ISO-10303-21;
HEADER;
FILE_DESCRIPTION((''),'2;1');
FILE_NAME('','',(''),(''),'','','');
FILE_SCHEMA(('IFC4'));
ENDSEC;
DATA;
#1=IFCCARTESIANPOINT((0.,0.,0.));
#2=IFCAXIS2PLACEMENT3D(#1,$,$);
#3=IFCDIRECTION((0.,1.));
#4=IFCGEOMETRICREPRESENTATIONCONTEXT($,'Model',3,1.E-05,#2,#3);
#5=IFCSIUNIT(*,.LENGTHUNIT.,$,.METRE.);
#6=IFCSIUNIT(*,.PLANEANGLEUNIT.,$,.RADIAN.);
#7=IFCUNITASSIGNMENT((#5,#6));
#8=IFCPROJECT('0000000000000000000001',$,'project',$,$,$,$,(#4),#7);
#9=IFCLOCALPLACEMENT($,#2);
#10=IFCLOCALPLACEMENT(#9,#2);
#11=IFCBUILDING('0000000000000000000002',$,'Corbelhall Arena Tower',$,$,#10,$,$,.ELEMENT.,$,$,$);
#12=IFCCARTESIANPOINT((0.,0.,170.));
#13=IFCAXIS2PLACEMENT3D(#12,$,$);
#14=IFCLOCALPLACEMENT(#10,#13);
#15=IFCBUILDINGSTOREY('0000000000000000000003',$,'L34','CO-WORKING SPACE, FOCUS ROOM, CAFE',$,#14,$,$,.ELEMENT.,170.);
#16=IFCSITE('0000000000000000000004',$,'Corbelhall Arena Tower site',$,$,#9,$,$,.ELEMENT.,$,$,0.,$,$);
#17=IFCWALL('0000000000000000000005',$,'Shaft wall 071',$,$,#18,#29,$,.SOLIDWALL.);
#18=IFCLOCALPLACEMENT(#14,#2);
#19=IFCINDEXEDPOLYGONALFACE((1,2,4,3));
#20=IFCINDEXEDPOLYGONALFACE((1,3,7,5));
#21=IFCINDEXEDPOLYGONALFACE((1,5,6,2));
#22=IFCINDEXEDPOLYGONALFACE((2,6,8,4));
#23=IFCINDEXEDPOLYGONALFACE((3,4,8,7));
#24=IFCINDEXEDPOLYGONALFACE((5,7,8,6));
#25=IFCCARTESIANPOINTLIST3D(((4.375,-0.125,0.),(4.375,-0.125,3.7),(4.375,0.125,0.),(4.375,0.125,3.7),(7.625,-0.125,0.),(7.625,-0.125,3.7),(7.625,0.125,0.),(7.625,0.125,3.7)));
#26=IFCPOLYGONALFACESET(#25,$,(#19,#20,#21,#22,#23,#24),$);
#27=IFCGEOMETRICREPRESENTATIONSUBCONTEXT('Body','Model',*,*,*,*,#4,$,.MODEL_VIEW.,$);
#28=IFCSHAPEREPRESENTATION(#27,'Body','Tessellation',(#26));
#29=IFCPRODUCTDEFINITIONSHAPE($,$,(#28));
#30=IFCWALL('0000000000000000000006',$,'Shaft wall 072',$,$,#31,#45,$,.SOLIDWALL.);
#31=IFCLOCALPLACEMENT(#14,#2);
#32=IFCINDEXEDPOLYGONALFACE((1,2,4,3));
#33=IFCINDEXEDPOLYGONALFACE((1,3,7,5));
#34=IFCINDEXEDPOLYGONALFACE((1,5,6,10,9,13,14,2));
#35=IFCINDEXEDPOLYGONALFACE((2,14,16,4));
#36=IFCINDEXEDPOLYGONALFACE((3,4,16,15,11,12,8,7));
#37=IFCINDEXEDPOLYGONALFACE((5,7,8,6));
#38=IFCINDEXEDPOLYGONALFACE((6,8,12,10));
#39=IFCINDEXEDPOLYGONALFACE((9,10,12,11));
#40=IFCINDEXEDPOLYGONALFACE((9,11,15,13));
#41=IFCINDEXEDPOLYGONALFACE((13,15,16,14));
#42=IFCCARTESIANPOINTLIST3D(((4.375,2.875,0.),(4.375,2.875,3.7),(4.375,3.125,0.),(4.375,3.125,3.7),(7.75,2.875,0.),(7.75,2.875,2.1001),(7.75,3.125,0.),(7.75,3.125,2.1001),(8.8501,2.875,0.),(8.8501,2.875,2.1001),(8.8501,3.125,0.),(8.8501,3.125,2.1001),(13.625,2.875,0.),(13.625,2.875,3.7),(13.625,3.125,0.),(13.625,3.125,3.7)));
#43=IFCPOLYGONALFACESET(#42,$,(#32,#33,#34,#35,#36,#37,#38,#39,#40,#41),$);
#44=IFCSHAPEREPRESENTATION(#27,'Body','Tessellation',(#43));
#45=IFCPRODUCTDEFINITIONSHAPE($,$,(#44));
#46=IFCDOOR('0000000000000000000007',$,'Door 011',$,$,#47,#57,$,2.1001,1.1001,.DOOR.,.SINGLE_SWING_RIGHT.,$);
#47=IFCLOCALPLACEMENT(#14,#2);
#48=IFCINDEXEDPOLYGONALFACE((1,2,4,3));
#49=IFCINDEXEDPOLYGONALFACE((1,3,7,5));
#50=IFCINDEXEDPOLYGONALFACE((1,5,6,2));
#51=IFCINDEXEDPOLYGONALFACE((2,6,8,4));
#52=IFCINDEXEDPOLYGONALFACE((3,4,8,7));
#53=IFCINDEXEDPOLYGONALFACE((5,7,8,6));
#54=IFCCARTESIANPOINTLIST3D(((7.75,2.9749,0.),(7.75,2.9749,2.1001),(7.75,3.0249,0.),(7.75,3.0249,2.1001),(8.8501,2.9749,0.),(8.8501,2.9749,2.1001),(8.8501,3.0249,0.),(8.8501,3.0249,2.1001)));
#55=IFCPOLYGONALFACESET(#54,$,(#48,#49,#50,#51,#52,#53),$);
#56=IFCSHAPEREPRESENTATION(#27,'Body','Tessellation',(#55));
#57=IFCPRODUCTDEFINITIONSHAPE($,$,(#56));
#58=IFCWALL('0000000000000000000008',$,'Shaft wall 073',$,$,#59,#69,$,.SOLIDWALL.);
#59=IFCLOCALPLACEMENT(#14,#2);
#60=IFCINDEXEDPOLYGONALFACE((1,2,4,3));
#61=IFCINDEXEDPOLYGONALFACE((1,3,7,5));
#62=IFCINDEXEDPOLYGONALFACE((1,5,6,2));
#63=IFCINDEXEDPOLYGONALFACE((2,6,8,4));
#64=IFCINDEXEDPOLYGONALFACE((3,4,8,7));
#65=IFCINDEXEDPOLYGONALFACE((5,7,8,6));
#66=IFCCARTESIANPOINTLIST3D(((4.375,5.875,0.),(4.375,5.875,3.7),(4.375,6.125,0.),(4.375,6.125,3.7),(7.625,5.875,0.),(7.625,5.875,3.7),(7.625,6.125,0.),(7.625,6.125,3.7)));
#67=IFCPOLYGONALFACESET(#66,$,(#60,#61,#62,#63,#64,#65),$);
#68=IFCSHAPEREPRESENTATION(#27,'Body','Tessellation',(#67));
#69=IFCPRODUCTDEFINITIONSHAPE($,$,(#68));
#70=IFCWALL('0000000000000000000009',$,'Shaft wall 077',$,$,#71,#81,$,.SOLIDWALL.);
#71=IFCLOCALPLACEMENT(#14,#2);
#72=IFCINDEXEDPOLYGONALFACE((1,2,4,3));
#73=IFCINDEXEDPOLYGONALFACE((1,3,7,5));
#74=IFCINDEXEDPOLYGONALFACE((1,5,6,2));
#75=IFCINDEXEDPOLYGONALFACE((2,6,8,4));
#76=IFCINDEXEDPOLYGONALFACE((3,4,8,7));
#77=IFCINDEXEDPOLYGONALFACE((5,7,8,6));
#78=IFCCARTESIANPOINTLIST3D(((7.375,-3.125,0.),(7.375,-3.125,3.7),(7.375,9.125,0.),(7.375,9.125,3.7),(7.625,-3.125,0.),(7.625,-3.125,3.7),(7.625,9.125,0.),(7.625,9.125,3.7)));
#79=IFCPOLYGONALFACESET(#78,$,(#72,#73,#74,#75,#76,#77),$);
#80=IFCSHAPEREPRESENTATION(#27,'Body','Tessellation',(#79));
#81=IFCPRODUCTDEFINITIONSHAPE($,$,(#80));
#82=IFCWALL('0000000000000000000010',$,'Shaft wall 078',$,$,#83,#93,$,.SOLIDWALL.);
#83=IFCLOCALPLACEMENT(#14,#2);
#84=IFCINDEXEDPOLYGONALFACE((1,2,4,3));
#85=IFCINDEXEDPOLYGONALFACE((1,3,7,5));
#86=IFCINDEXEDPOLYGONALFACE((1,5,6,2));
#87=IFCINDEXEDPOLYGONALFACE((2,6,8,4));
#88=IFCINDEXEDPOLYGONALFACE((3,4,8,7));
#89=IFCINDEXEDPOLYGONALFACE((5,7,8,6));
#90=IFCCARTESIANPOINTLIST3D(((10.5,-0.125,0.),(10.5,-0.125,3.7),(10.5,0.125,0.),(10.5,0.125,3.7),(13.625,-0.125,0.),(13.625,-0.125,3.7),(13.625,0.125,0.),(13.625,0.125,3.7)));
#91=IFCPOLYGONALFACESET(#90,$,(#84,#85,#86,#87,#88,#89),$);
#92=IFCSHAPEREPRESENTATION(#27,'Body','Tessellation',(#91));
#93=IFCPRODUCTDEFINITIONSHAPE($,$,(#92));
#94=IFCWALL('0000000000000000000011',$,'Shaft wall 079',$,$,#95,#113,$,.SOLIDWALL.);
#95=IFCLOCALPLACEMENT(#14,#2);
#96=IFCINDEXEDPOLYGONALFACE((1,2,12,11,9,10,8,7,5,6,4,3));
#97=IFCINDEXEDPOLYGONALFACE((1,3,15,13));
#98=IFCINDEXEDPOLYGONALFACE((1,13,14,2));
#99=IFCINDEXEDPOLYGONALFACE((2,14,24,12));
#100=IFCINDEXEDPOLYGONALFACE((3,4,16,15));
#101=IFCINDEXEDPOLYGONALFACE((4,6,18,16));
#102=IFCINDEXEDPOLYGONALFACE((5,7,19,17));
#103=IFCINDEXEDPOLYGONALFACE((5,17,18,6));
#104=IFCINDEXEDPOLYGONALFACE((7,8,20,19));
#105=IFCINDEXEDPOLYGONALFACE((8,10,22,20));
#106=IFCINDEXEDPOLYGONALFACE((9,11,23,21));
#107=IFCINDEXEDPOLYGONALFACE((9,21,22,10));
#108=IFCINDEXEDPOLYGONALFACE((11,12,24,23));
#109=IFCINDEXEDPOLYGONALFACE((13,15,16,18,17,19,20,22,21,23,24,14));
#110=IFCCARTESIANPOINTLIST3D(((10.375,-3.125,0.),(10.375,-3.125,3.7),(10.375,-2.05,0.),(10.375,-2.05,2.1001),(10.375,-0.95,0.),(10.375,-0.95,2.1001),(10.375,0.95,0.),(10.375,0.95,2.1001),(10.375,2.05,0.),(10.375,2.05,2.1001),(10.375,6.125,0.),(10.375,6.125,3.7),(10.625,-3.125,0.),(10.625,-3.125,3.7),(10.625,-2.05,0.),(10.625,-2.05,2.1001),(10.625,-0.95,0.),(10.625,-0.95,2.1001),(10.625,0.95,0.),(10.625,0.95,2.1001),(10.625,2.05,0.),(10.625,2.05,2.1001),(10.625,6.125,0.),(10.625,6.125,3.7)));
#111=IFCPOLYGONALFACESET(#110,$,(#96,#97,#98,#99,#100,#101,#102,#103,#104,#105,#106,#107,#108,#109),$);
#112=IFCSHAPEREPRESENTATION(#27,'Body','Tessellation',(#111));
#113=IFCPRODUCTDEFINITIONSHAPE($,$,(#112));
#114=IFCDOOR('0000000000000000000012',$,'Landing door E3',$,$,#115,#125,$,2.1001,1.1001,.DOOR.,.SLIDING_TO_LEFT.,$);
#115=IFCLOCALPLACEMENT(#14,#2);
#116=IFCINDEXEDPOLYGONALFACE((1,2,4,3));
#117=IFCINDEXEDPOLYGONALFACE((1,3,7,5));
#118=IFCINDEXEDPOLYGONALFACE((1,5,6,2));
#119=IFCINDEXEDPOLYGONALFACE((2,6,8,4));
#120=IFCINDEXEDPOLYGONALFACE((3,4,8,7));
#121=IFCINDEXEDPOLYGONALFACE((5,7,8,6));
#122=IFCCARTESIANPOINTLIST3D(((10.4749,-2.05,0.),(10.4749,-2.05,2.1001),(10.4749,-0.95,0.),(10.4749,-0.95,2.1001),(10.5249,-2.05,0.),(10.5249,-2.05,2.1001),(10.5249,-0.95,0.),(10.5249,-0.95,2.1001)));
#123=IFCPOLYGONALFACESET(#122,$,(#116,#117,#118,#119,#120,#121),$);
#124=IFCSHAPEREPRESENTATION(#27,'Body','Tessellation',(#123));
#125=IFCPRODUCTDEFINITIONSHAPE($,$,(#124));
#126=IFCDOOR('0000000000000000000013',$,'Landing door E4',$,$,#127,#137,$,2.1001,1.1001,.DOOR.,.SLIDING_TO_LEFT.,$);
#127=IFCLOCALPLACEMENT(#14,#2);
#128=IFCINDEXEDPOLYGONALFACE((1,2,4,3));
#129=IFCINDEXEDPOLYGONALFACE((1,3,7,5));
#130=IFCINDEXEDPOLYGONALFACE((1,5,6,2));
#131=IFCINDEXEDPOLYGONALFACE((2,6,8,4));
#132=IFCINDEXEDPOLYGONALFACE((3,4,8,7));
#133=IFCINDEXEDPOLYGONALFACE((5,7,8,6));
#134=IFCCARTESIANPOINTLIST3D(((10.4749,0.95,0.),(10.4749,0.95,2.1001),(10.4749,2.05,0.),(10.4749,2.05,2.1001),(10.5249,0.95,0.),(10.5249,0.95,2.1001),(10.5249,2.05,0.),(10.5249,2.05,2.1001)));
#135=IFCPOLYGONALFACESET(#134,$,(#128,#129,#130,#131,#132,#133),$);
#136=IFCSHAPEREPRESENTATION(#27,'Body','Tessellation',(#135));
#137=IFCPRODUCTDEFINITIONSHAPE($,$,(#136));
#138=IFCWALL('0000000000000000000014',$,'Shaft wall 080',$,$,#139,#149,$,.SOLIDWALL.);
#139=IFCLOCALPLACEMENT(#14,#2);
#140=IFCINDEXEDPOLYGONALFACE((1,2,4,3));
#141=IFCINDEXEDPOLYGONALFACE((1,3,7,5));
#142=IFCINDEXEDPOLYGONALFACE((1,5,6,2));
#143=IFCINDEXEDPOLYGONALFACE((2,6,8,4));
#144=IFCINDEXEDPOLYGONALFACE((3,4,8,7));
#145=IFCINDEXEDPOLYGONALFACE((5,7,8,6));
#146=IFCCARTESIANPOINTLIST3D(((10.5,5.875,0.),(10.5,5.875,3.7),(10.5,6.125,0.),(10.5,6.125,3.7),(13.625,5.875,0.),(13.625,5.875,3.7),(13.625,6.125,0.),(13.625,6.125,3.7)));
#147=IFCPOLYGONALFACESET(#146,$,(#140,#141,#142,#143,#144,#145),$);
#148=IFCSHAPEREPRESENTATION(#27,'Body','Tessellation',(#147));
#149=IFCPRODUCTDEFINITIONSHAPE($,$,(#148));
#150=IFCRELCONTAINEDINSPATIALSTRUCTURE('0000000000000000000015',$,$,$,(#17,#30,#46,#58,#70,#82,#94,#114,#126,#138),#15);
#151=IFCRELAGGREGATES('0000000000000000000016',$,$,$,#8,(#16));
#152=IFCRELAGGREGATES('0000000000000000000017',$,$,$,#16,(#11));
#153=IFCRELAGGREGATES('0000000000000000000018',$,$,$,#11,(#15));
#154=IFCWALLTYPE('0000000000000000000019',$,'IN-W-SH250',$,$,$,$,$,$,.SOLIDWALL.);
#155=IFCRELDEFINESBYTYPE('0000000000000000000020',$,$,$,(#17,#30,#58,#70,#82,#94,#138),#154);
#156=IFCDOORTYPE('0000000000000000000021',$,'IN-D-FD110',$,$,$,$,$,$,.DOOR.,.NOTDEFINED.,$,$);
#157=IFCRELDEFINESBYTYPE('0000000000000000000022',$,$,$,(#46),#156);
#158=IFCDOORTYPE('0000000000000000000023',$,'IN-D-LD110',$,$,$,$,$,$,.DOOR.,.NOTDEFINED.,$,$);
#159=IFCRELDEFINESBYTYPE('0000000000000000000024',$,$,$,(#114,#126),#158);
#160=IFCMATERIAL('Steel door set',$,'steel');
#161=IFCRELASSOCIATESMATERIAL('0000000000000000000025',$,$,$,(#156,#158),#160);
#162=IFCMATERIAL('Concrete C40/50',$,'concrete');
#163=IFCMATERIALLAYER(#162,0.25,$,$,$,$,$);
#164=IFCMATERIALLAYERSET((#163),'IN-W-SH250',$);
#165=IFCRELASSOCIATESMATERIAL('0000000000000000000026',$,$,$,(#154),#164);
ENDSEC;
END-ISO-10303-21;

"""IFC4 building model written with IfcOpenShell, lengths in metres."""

from ifc_helpers import new_model, si_unit, direction, frame, frame_2d, origin, place, context, subcontext, project, spatial, rectangle, extrude, material, layer, layer_set, type_object, element, fill, save


model = new_model("IFC4")

# Units and contexts
model_context = context("Model", 3, precision=1e-05, world=origin(), true_north=direction((0.0, 1.0)))
body_context = subcontext(model_context, "Body", "Model", "MODEL_VIEW")
ifc_project = project(units=[si_unit("LENGTHUNIT", "METRE"), si_unit("PLANEANGLEUNIT", "RADIAN")], contexts=[model_context])

# Site, building, storey
site_placement = place(None, origin())
site = spatial("IfcSite", under=ifc_project, at=site_placement, Name="Corbelhall Arena Tower site", CompositionType="ELEMENT", RefElevation=0.0)
building_placement = place(site_placement, origin())
building = spatial("IfcBuilding", under=site, at=building_placement, Name="Corbelhall Arena Tower", CompositionType="ELEMENT")
storey_placement = place(building_placement, frame((0.0, 0.0, 170.0)))
storey = spatial("IfcBuildingStorey", under=building, at=storey_placement, Name="L34", Description="CO-WORKING SPACE, FOCUS ROOM, CAFE", CompositionType="ELEMENT", Elevation=170.0)

# Shared definitions
ifc_material_1 = material(Name="Concrete C40/50", Category="concrete")

# Shared definitions
ifc_material_2 = material(Name="Steel door set", Category="steel")
door_type_1 = type_object("IfcDoorType", Name="IN-D-FD110", OperationType="NOTDEFINED", PredefinedType="DOOR", material=ifc_material_2)

# Wall
ifc_layer_1 = layer(ifc_material_1, 0.25)
ifc_layer_set_1 = layer_set([ifc_layer_1], Name="IN-W-SH250")
wall_type_1 = type_object("IfcWallType", Name="IN-W-SH250", PredefinedType="SOLIDWALL", material=ifc_layer_set_1)
wall_1_placement = place(storey_placement, frame((4.375, 0.0, 0.0), z_axis=(0.0, 0.0, 1.0), x_axis=(1.0, 0.0, 0.0)))
element("IfcWall", 1, at=wall_1_placement, inside=storey, type_object=wall_type_1, Name="Shaft wall 071", PredefinedType="SOLIDWALL", context=body_context, shape_type="SweptSolid", body=[
    extrude(rectangle(XDim=3.25, YDim=0.25, at=frame_2d((1.625, 0.0))), origin(), (0.0, 0.0, 1.0), 3.7),
])

# Wall, opening, door
wall_2_placement = place(storey_placement, frame((4.375, 3.0, 0.0), z_axis=(0.0, 0.0, 1.0), x_axis=(1.0, 0.0, 0.0)))
wall_2 = element("IfcWall", 2, at=wall_2_placement, inside=storey, type_object=wall_type_1, Name="Shaft wall 072", PredefinedType="SOLIDWALL", context=body_context, shape_type="SweptSolid", body=[
    extrude(rectangle(XDim=9.25, YDim=0.25, at=frame_2d((4.625, 0.0))), origin(), (0.0, 0.0, 1.0), 3.7),
])
opening_1_placement = place(wall_2_placement, frame((3.375, 0.0, 0.0)))
opening_1 = element("IfcOpeningElement", 3, at=opening_1_placement, cuts=wall_2, PredefinedType="OPENING", context=body_context, shape_type="SweptSolid", body=[
    extrude(rectangle(XDim=1.1001, YDim=2.1001, at=frame_2d((0.55, 1.05))), frame((0.0, 0.125, 0.0), z_axis=(0.0, -1.0, 0.0), x_axis=(1.0, 0.0, 0.0)), (0.0, 0.0, 1.0), 0.25),
])
door_1_placement = place(opening_1_placement, origin())
door_1 = element("IfcDoor", 4, at=door_1_placement, inside=storey, type_object=door_type_1, Name="Door 011", OperationType="SINGLE_SWING_RIGHT", OverallHeight=2.1001, OverallWidth=1.1001, PredefinedType="DOOR", context=body_context, shape_type="SweptSolid", body=[
    extrude(rectangle(XDim=1.1001, YDim=2.1001, at=frame_2d((0.55, 1.05))), frame((0.0, 0.0249, 0.0), z_axis=(0.0, -1.0, 0.0), x_axis=(1.0, 0.0, 0.0)), (0.0, 0.0, 1.0), 0.05),
])
fill(opening_1, door_1)

# Walls
wall_3_placement = place(storey_placement, frame((4.375, 6.0, 0.0), z_axis=(0.0, 0.0, 1.0), x_axis=(1.0, 0.0, 0.0)))
element("IfcWall", 5, at=wall_3_placement, inside=storey, type_object=wall_type_1, Name="Shaft wall 073", PredefinedType="SOLIDWALL", context=body_context, shape_type="SweptSolid", body=[
    extrude(rectangle(XDim=3.25, YDim=0.25, at=frame_2d((1.625, 0.0))), origin(), (0.0, 0.0, 1.0), 3.7),
])
wall_4_placement = place(storey_placement, frame((7.5, 9.125, 0.0), z_axis=(0.0, 0.0, 1.0), x_axis=(0.0, -1.0, 0.0)))
element("IfcWall", 6, at=wall_4_placement, inside=storey, type_object=wall_type_1, Name="Shaft wall 077", PredefinedType="SOLIDWALL", context=body_context, shape_type="SweptSolid", body=[
    extrude(rectangle(XDim=12.25, YDim=0.25, at=frame_2d((6.125, 0.0))), origin(), (0.0, 0.0, 1.0), 3.7),
])
wall_5_placement = place(storey_placement, frame((10.5, 0.0, 0.0), z_axis=(0.0, 0.0, 1.0), x_axis=(1.0, 0.0, 0.0)))
element("IfcWall", 7, at=wall_5_placement, inside=storey, type_object=wall_type_1, Name="Shaft wall 078", PredefinedType="SOLIDWALL", context=body_context, shape_type="SweptSolid", body=[
    extrude(rectangle(XDim=3.125, YDim=0.25, at=frame_2d((1.5625, 0.0))), origin(), (0.0, 0.0, 1.0), 3.7),
])

# Wall, openings, doors
wall_6_placement = place(storey_placement, frame((10.5, 6.125, 0.0), z_axis=(0.0, 0.0, 1.0), x_axis=(0.0, -1.0, 0.0)))
wall_6 = element("IfcWall", 8, at=wall_6_placement, inside=storey, type_object=wall_type_1, Name="Shaft wall 079", PredefinedType="SOLIDWALL", context=body_context, shape_type="SweptSolid", body=[
    extrude(rectangle(XDim=9.25, YDim=0.25, at=frame_2d((4.625, 0.0))), origin(), (0.0, 0.0, 1.0), 3.7),
])
opening_2_placement = place(wall_6_placement, frame((7.075, 0.0, 0.0)))
opening_2 = element("IfcOpeningElement", 9, at=opening_2_placement, cuts=wall_6, PredefinedType="OPENING", context=body_context, shape_type="SweptSolid", body=[
    extrude(rectangle(XDim=1.1001, YDim=2.1001, at=frame_2d((0.55, 1.05))), frame((0.0, 0.125, 0.0), z_axis=(0.0, -1.0, 0.0), x_axis=(1.0, 0.0, 0.0)), (0.0, 0.0, 1.0), 0.25),
])
opening_3_placement = place(wall_6_placement, frame((4.075, 0.0, 0.0)))
opening_3 = element("IfcOpeningElement", 10, at=opening_3_placement, cuts=wall_6, PredefinedType="OPENING", context=body_context, shape_type="SweptSolid", body=[
    extrude(rectangle(XDim=1.1001, YDim=2.1001, at=frame_2d((0.55, 1.05))), frame((0.0, 0.125, 0.0), z_axis=(0.0, -1.0, 0.0), x_axis=(1.0, 0.0, 0.0)), (0.0, 0.0, 1.0), 0.25),
])
door_type_2 = type_object("IfcDoorType", Name="IN-D-LD110", OperationType="NOTDEFINED", PredefinedType="DOOR", material=ifc_material_2)
door_2_placement = place(opening_2_placement, origin())
door_2 = element("IfcDoor", 11, at=door_2_placement, inside=storey, type_object=door_type_2, Name="Landing door E3", OperationType="SLIDING_TO_LEFT", OverallHeight=2.1001, OverallWidth=1.1001, PredefinedType="DOOR", context=body_context, shape_type="SweptSolid", body=[
    extrude(rectangle(XDim=1.1001, YDim=2.1001, at=frame_2d((0.55, 1.05))), frame((0.0, 0.0249, 0.0), z_axis=(0.0, -1.0, 0.0), x_axis=(1.0, 0.0, 0.0)), (0.0, 0.0, 1.0), 0.05),
])
fill(opening_2, door_2)
door_3_placement = place(opening_3_placement, origin())
door_3 = element("IfcDoor", 12, at=door_3_placement, inside=storey, type_object=door_type_2, Name="Landing door E4", OperationType="SLIDING_TO_LEFT", OverallHeight=2.1001, OverallWidth=1.1001, PredefinedType="DOOR", context=body_context, shape_type="SweptSolid", body=[
    extrude(rectangle(XDim=1.1001, YDim=2.1001, at=frame_2d((0.55, 1.05))), frame((0.0, 0.0249, 0.0), z_axis=(0.0, -1.0, 0.0), x_axis=(1.0, 0.0, 0.0)), (0.0, 0.0, 1.0), 0.05),
])
fill(opening_3, door_3)

# Wall
wall_7_placement = place(storey_placement, frame((10.5, 6.0, 0.0), z_axis=(0.0, 0.0, 1.0), x_axis=(1.0, 0.0, 0.0)))
element("IfcWall", 13, at=wall_7_placement, inside=storey, type_object=wall_type_1, Name="Shaft wall 080", PredefinedType="SOLIDWALL", context=body_context, shape_type="SweptSolid", body=[
    extrude(rectangle(XDim=3.125, YDim=0.25, at=frame_2d((1.5625, 0.0))), origin(), (0.0, 0.0, 1.0), 3.7),
])

save(model, "model.ifc")
